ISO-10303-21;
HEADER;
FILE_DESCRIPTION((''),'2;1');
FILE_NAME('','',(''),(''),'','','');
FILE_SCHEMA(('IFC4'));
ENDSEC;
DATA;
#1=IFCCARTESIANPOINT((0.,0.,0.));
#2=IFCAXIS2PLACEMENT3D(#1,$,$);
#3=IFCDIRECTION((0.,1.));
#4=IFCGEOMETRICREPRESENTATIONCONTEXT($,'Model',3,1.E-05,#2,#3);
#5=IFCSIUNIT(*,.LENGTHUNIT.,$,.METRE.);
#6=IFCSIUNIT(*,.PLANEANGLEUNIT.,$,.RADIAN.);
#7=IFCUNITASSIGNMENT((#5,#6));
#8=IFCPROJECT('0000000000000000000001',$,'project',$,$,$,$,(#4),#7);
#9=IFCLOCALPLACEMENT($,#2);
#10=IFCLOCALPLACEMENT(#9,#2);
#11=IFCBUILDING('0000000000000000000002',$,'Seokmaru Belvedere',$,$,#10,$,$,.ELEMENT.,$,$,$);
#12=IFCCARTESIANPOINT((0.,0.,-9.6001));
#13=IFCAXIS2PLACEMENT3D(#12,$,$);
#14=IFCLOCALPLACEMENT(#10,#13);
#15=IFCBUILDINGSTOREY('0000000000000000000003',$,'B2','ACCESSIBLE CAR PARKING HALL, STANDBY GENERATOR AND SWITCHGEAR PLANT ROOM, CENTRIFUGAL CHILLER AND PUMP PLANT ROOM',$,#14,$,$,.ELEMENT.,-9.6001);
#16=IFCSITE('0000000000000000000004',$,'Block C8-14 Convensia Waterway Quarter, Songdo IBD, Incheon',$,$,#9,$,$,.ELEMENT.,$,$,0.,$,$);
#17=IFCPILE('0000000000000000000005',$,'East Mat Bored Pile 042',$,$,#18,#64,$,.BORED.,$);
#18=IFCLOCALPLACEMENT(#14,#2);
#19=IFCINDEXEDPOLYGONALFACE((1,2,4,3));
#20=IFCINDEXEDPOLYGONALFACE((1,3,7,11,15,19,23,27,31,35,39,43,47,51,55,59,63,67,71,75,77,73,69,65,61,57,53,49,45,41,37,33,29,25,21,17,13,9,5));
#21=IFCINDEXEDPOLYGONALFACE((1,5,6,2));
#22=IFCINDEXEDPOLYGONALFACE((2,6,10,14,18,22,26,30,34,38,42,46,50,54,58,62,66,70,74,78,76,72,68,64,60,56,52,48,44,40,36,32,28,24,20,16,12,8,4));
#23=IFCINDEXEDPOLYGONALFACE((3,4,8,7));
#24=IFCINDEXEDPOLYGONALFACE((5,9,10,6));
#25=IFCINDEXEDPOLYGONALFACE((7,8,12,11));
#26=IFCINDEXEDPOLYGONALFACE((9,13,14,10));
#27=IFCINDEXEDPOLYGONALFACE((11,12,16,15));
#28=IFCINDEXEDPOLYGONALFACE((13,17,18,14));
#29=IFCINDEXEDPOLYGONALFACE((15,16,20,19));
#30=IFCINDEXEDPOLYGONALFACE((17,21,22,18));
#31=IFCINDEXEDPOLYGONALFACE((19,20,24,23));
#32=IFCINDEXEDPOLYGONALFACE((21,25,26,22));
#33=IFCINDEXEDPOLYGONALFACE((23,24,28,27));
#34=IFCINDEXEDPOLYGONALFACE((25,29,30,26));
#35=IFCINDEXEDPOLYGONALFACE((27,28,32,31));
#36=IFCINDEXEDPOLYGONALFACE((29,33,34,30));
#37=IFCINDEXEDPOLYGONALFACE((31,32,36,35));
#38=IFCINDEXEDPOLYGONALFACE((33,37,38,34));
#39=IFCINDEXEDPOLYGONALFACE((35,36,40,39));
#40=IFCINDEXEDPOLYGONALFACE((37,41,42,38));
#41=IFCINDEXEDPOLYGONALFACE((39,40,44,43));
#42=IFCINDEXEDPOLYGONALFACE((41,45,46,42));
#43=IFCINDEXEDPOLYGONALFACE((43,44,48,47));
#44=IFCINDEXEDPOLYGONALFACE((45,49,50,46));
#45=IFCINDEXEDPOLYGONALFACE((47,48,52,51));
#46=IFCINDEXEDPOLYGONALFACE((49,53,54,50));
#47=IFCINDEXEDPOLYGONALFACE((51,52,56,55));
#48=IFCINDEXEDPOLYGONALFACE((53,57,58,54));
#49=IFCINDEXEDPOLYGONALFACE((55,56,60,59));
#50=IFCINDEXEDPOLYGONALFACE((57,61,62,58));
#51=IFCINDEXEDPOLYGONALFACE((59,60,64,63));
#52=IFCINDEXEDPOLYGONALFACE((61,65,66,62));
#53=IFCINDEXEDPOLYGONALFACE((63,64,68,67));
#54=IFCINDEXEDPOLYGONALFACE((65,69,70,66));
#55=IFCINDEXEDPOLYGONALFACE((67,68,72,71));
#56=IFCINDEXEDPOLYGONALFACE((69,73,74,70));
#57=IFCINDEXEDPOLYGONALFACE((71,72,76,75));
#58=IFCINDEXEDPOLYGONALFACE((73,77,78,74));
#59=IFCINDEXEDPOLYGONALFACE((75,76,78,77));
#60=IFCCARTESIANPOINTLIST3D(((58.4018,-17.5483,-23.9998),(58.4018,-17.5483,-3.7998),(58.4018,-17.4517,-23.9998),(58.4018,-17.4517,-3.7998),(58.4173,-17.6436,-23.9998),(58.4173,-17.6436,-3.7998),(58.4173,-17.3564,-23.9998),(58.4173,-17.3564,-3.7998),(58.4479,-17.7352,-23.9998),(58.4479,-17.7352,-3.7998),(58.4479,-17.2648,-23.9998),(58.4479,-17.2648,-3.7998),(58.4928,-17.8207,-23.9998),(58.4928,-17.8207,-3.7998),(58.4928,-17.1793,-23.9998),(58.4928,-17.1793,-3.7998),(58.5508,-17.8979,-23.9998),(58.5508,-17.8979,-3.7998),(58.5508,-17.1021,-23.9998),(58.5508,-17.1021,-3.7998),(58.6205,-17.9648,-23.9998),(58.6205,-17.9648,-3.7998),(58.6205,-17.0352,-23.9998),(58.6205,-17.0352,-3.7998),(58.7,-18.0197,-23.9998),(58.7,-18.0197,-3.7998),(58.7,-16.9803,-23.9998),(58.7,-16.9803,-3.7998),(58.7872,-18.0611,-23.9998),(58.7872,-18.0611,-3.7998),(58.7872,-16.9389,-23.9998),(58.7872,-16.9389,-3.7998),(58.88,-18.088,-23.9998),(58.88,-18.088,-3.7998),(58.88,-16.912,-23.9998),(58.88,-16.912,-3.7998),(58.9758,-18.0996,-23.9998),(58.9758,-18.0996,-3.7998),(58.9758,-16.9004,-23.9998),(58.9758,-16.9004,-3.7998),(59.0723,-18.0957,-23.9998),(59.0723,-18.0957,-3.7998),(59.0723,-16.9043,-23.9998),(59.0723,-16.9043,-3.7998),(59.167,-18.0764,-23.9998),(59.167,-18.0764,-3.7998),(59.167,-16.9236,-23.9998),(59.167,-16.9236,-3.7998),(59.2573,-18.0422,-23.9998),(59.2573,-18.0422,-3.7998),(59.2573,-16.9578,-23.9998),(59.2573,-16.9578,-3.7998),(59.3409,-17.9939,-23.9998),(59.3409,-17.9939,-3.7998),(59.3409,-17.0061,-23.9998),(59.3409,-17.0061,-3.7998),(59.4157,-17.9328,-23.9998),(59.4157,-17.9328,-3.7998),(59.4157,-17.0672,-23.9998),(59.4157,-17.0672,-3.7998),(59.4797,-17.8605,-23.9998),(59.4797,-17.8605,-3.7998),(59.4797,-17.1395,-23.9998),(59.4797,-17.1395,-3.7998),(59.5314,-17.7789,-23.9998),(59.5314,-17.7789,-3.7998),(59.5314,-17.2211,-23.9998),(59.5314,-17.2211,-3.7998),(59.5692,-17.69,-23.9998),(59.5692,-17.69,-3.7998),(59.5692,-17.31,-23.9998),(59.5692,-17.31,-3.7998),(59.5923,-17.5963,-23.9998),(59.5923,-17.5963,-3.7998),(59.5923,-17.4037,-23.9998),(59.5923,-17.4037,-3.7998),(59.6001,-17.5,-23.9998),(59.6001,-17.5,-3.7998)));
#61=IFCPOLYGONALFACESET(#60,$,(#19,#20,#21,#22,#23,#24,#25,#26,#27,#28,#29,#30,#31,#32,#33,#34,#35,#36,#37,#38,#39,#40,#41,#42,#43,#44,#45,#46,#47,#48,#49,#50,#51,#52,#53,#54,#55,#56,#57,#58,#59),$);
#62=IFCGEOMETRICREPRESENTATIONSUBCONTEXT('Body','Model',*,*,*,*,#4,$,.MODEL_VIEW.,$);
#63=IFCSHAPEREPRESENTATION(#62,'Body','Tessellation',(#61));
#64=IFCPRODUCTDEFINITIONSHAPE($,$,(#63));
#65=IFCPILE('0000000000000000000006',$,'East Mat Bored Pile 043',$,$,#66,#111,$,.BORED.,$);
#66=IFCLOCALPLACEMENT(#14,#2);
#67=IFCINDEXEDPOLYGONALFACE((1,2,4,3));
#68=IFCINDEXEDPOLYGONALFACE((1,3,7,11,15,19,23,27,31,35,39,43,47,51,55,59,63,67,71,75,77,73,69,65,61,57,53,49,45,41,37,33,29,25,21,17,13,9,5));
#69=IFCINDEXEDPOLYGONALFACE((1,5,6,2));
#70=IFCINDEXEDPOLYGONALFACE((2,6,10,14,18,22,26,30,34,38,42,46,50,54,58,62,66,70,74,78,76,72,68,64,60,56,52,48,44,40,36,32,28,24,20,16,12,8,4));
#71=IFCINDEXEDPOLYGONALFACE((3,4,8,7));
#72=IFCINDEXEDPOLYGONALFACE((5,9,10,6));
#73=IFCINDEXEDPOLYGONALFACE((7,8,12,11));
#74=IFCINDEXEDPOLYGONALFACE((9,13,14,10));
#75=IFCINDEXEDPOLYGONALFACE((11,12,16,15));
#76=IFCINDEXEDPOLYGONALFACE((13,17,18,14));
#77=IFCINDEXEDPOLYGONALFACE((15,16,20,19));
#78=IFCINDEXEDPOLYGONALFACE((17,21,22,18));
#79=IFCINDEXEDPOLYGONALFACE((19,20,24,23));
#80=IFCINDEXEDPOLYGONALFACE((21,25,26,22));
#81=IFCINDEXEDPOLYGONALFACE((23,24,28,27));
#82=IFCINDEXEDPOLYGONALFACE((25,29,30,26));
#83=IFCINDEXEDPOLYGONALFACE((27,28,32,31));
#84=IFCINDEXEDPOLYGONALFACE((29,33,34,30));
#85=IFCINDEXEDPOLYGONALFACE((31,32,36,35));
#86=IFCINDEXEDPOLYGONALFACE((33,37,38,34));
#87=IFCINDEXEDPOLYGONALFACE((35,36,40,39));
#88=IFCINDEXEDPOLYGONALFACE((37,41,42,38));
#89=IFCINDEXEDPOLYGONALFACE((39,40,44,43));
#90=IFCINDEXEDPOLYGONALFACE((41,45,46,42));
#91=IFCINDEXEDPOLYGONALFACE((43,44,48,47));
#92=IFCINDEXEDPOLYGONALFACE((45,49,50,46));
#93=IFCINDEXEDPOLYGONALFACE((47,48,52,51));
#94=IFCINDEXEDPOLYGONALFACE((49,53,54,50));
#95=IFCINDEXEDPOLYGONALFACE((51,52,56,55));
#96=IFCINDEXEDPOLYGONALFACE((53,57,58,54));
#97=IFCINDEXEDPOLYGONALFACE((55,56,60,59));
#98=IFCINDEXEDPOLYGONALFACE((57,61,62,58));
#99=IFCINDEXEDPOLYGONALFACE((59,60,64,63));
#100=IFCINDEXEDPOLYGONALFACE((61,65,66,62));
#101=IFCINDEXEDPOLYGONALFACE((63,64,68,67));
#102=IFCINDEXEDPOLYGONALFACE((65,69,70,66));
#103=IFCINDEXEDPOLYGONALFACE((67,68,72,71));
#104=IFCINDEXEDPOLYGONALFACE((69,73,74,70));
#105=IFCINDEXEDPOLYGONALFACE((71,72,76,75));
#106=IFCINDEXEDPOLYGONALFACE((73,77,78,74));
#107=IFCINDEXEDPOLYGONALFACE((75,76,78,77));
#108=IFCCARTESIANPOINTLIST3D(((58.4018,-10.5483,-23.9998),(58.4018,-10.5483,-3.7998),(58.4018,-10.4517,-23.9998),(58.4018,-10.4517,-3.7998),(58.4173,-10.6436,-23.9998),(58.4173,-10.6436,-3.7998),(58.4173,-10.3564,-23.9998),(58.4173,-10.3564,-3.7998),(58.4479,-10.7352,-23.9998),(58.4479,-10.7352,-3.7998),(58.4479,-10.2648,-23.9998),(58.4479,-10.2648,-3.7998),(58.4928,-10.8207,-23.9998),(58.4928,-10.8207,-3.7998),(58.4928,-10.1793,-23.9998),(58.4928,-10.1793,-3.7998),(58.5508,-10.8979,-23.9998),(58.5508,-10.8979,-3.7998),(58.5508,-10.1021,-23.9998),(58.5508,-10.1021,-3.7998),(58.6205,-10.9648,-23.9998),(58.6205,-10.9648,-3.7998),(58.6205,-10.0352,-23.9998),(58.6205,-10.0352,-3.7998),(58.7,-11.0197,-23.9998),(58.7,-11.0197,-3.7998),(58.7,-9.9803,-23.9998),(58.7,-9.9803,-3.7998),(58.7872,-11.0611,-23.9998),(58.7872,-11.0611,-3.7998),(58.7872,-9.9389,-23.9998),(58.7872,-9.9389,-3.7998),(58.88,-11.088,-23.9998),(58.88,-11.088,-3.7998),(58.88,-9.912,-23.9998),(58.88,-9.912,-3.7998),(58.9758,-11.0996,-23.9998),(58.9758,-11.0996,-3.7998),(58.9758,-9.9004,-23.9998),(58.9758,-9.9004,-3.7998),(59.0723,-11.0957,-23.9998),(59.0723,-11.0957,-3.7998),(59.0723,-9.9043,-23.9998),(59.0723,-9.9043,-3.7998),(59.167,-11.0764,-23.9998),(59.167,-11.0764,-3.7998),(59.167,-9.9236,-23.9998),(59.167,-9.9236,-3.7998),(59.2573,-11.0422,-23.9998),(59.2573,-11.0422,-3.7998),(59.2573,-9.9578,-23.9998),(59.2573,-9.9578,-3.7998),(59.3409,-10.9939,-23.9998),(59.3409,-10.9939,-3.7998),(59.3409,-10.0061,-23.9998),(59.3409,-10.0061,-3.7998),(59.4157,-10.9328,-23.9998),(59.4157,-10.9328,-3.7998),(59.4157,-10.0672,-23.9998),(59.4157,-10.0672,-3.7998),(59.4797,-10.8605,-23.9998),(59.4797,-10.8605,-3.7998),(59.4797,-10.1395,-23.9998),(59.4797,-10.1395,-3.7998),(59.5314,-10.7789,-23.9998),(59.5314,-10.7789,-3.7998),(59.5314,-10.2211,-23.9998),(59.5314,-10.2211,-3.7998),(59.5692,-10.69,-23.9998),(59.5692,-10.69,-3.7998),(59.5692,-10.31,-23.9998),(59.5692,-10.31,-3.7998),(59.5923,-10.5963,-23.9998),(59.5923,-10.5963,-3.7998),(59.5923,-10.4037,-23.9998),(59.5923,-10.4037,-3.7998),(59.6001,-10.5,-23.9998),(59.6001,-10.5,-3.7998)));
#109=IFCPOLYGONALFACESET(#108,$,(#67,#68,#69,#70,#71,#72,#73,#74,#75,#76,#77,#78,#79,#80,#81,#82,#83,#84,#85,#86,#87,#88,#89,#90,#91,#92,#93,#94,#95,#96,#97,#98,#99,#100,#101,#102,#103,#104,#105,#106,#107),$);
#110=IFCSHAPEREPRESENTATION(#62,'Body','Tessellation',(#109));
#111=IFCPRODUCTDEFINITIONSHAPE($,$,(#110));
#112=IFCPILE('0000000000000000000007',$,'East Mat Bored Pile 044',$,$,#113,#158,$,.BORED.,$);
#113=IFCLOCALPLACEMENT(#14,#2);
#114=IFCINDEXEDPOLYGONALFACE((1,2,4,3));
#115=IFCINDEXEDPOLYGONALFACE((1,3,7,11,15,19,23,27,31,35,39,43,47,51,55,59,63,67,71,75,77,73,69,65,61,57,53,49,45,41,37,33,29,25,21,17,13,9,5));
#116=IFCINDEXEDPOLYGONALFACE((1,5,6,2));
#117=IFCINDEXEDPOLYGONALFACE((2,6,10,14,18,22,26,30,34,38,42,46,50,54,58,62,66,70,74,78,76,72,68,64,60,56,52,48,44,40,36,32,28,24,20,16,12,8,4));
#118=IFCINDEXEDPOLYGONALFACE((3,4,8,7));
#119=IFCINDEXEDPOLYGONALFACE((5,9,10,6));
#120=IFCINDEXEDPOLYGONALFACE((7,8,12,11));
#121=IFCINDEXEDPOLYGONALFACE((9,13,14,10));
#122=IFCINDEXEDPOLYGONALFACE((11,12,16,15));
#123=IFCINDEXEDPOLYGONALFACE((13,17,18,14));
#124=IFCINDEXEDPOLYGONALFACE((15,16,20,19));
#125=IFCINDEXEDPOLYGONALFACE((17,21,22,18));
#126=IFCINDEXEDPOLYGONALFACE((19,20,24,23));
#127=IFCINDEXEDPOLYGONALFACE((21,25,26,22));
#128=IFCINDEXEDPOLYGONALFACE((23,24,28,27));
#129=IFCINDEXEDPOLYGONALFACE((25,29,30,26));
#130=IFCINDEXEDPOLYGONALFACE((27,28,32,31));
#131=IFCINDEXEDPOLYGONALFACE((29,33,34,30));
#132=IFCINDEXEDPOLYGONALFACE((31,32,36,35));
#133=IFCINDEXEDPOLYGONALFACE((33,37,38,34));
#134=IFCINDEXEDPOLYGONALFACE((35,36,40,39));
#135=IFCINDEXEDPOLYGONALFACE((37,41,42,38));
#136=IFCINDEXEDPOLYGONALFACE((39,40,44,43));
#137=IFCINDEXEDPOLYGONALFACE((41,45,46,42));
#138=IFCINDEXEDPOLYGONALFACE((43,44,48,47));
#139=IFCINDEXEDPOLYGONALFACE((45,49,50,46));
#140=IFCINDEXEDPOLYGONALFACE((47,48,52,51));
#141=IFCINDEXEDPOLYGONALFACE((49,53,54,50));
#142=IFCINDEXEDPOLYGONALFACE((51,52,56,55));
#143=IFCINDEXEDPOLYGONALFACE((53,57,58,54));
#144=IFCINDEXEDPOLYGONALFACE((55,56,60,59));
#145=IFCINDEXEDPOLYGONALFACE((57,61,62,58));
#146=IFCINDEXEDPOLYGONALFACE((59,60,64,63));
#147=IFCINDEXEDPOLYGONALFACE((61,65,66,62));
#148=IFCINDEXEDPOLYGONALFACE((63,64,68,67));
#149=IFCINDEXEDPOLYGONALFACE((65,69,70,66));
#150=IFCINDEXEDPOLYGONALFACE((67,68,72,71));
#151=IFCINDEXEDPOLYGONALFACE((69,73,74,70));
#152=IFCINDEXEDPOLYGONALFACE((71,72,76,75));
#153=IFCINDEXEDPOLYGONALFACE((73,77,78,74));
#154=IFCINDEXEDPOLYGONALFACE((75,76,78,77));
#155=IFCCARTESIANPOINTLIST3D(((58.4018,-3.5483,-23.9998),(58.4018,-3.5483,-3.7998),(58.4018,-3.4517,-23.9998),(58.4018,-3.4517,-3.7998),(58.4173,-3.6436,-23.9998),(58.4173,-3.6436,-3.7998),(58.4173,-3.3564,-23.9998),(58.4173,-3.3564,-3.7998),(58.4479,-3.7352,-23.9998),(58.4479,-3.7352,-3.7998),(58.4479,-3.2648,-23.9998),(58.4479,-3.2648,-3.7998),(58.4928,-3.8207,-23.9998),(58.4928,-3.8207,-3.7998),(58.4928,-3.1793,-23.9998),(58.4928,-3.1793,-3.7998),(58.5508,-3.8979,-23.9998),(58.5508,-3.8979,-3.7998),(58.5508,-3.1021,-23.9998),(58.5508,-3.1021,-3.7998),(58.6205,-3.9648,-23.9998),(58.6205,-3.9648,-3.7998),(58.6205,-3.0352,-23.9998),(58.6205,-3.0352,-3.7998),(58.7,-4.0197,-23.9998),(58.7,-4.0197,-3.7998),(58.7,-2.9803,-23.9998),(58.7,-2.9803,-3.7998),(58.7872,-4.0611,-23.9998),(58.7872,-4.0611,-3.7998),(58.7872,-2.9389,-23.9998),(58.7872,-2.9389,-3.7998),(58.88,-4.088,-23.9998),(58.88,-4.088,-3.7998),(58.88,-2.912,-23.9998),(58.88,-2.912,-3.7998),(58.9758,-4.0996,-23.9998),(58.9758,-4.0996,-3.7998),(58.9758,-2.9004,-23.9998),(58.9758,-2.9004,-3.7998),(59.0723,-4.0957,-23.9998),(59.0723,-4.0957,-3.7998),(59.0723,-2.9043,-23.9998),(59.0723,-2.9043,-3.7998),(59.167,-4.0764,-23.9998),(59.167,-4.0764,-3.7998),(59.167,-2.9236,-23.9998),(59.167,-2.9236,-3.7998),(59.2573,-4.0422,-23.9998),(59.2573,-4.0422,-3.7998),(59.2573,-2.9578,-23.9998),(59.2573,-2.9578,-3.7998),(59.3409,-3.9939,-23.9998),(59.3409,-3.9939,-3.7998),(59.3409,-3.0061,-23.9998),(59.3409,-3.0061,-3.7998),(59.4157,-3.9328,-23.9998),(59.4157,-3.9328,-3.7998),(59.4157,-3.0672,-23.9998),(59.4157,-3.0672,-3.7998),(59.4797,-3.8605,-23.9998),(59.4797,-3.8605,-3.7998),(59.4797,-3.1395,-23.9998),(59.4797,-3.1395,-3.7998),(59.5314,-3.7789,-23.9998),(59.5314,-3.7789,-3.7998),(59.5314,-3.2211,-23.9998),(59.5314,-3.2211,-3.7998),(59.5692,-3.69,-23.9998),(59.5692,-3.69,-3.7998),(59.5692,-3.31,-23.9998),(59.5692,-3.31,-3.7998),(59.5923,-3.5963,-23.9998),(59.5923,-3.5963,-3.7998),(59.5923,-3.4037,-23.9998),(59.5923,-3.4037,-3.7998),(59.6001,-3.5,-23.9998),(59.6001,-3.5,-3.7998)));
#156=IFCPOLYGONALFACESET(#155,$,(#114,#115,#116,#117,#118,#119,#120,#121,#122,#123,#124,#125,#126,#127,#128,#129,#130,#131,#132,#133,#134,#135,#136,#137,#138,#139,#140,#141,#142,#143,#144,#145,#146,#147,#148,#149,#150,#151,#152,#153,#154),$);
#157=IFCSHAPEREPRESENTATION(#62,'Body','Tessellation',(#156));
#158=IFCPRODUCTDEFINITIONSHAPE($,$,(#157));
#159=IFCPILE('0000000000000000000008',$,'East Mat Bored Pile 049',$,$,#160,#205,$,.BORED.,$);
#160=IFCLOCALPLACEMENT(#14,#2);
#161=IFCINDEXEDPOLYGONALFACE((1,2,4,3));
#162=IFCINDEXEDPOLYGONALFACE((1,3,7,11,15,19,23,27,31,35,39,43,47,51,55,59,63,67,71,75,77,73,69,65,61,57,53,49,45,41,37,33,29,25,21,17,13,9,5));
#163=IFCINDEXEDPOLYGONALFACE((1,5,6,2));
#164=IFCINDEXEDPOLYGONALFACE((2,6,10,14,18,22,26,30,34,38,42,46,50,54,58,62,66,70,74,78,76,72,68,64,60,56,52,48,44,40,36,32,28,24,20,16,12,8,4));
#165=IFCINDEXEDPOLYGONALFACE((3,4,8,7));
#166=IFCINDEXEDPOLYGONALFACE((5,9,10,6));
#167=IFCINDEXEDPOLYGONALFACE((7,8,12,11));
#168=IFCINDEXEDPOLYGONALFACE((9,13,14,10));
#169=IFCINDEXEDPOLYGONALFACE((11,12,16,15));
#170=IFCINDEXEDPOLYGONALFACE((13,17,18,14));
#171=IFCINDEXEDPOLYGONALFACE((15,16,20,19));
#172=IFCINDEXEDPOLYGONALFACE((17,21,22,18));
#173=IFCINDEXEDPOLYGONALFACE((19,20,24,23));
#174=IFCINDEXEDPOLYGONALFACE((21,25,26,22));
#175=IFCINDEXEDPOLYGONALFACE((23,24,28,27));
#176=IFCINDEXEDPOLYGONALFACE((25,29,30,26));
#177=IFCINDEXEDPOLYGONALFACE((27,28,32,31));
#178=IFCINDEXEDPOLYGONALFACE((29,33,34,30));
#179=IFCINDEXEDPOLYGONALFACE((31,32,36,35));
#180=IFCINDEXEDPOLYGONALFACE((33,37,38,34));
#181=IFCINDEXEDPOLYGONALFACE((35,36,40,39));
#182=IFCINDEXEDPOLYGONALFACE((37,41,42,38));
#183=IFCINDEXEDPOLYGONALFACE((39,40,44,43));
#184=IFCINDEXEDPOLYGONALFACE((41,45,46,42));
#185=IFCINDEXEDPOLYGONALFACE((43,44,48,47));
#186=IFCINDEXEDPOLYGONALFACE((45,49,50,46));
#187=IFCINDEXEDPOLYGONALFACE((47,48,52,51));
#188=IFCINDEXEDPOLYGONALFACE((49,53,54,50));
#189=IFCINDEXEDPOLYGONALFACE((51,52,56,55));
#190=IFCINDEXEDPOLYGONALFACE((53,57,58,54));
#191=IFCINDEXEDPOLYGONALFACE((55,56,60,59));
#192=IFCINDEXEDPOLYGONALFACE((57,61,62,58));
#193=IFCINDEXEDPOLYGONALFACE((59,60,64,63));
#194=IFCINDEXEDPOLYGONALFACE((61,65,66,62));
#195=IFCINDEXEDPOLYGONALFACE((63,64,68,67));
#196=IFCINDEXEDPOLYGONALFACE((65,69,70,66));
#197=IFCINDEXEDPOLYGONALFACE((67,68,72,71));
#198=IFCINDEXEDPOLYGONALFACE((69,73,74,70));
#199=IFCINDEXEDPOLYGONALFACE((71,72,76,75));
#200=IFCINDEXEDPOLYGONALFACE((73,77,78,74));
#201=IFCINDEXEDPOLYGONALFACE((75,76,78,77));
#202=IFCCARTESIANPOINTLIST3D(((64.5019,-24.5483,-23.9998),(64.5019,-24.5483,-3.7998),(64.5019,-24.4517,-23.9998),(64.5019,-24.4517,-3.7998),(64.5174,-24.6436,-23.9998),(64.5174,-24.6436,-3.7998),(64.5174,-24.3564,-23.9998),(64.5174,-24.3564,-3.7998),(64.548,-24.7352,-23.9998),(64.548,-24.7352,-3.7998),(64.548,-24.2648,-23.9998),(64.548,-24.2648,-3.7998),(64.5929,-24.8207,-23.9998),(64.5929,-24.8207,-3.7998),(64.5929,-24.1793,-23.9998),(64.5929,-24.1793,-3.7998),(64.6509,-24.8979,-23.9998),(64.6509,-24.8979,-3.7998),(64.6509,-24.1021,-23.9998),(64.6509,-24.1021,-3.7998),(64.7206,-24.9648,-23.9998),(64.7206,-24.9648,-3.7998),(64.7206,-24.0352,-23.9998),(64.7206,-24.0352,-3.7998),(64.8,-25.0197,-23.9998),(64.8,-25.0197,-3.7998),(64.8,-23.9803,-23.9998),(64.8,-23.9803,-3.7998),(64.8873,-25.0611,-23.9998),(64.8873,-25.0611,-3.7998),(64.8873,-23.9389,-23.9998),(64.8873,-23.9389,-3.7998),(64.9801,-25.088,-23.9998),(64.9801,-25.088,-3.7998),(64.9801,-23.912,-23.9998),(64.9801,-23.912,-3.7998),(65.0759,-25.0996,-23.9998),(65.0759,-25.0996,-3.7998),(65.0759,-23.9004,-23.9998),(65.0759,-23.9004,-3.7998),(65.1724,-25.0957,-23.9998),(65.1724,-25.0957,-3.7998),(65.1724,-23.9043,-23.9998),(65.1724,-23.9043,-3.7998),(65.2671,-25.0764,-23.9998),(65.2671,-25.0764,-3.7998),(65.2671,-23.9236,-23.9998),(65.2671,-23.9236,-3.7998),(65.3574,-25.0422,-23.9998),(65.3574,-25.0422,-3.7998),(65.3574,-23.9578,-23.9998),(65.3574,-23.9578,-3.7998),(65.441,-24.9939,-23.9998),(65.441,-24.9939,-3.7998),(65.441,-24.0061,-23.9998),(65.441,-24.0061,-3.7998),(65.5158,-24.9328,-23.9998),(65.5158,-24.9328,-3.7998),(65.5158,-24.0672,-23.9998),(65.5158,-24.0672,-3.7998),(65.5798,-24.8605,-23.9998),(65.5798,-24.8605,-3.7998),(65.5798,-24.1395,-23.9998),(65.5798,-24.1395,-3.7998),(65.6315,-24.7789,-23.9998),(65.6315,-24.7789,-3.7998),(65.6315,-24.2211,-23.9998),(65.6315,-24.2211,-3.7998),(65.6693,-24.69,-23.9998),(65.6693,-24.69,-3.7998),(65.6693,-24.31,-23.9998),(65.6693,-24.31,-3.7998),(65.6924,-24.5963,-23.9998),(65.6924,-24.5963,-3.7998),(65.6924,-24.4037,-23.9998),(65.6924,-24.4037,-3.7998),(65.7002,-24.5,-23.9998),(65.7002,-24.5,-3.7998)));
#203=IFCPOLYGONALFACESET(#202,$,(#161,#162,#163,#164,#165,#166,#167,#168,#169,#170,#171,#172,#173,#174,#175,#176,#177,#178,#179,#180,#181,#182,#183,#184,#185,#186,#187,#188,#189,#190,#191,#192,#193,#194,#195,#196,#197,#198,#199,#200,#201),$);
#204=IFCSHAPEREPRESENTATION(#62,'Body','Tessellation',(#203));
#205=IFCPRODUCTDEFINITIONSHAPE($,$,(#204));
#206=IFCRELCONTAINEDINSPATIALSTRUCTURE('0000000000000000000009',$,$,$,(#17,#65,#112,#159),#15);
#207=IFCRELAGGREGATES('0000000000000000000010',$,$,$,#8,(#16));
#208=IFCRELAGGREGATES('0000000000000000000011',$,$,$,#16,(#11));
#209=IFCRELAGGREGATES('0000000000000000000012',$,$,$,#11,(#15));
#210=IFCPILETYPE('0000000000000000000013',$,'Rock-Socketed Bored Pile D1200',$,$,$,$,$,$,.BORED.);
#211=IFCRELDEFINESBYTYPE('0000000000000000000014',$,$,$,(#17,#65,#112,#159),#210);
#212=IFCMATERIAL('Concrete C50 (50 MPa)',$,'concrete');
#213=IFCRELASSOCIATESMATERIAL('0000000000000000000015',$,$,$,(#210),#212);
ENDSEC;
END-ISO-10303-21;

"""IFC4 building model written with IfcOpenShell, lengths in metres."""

from ifc_helpers import new_model, si_unit, direction, frame, origin, origin_2d, place, context, subcontext, project, spatial, circle, extrude, source, transform, mapped, material, material_profile, profile_set, type_object, type_shapes, element, save


model = new_model("IFC4")

# Units and contexts
model_context = context("Model", 3, precision=1e-05, world=origin(), true_north=direction((0.0, 1.0)))
body_context = subcontext(model_context, "Body", "Model", "MODEL_VIEW")
ifc_project = project(units=[si_unit("LENGTHUNIT", "METRE"), si_unit("PLANEANGLEUNIT", "RADIAN")], contexts=[model_context])

# Site, building, storey
site_placement = place(None, origin())
site = spatial("IfcSite", under=ifc_project, at=site_placement, Name="Block C8-14 Convensia Waterway Quarter, Songdo IBD, Incheon", CompositionType="ELEMENT", RefElevation=0.0)
building_placement = place(site_placement, origin())
building = spatial("IfcBuilding", under=site, at=building_placement, Name="Seokmaru Belvedere", CompositionType="ELEMENT")
storey_placement = place(building_placement, frame((0.0, 0.0, -9.6001)))
storey = spatial("IfcBuildingStorey", under=building, at=storey_placement, Name="B2", Description="ACCESSIBLE CAR PARKING HALL, STANDBY GENERATOR AND SWITCHGEAR PLANT ROOM, CENTRIFUGAL CHILLER AND PUMP PLANT ROOM", CompositionType="ELEMENT", Elevation=-9.6001)

# Shared definitions
ifc_material_1 = material(Name="Concrete C50 (50 MPa)", Category="concrete")

# Piles
ifc_material_profile_1 = material_profile(ifc_material_1, circle(Radius=0.6001, at=origin_2d()), Name="PILE-D1200")
ifc_profile_set_1 = profile_set([ifc_material_profile_1], Name="Concrete C50 (50 MPa)")
pile_type_1 = type_object("IfcPileType", Name="Rock-Socketed Bored Pile D1200", PredefinedType="BORED", material=ifc_profile_set_1)
shared_shape_1 = source(origin(), body_context, "Body", "SweptSolid", [
    extrude(circle(Radius=0.6001, at=origin_2d()), origin(), (0.0, 0.0, 1.0), 20.2),
])
type_shapes(pile_type_1, [shared_shape_1])
for number, where, z_axis, x_axis, name in (
    (1, (59.0, -17.5, -3.7998), (0.0, 0.0, -1.0), (1.0, 0.0, 0.0), "East Mat Bored Pile 042"),
    (2, (59.0, -10.5, -3.7998), (0.0, 0.0, -1.0), (1.0, 0.0, 0.0), "East Mat Bored Pile 043"),
    (3, (59.0, -3.5, -3.7998), (0.0, 0.0, -1.0), (1.0, 0.0, 0.0), "East Mat Bored Pile 044"),
    (4, (65.1001, -24.5, -3.7998), (0.0, 0.0, -1.0), (1.0, 0.0, 0.0), "East Mat Bored Pile 049"),
):
    element("IfcPile", number, at=place(storey_placement, frame(where, z_axis=z_axis, x_axis=x_axis)), inside=storey, type_object=pile_type_1, Name=name, PredefinedType="BORED", context=body_context, shape_type="MappedRepresentation", body=[
        mapped(shared_shape_1, transform((0.0, 0.0, 0.0), scale=1.0)),
    ])

save(model, "model.ifc")
